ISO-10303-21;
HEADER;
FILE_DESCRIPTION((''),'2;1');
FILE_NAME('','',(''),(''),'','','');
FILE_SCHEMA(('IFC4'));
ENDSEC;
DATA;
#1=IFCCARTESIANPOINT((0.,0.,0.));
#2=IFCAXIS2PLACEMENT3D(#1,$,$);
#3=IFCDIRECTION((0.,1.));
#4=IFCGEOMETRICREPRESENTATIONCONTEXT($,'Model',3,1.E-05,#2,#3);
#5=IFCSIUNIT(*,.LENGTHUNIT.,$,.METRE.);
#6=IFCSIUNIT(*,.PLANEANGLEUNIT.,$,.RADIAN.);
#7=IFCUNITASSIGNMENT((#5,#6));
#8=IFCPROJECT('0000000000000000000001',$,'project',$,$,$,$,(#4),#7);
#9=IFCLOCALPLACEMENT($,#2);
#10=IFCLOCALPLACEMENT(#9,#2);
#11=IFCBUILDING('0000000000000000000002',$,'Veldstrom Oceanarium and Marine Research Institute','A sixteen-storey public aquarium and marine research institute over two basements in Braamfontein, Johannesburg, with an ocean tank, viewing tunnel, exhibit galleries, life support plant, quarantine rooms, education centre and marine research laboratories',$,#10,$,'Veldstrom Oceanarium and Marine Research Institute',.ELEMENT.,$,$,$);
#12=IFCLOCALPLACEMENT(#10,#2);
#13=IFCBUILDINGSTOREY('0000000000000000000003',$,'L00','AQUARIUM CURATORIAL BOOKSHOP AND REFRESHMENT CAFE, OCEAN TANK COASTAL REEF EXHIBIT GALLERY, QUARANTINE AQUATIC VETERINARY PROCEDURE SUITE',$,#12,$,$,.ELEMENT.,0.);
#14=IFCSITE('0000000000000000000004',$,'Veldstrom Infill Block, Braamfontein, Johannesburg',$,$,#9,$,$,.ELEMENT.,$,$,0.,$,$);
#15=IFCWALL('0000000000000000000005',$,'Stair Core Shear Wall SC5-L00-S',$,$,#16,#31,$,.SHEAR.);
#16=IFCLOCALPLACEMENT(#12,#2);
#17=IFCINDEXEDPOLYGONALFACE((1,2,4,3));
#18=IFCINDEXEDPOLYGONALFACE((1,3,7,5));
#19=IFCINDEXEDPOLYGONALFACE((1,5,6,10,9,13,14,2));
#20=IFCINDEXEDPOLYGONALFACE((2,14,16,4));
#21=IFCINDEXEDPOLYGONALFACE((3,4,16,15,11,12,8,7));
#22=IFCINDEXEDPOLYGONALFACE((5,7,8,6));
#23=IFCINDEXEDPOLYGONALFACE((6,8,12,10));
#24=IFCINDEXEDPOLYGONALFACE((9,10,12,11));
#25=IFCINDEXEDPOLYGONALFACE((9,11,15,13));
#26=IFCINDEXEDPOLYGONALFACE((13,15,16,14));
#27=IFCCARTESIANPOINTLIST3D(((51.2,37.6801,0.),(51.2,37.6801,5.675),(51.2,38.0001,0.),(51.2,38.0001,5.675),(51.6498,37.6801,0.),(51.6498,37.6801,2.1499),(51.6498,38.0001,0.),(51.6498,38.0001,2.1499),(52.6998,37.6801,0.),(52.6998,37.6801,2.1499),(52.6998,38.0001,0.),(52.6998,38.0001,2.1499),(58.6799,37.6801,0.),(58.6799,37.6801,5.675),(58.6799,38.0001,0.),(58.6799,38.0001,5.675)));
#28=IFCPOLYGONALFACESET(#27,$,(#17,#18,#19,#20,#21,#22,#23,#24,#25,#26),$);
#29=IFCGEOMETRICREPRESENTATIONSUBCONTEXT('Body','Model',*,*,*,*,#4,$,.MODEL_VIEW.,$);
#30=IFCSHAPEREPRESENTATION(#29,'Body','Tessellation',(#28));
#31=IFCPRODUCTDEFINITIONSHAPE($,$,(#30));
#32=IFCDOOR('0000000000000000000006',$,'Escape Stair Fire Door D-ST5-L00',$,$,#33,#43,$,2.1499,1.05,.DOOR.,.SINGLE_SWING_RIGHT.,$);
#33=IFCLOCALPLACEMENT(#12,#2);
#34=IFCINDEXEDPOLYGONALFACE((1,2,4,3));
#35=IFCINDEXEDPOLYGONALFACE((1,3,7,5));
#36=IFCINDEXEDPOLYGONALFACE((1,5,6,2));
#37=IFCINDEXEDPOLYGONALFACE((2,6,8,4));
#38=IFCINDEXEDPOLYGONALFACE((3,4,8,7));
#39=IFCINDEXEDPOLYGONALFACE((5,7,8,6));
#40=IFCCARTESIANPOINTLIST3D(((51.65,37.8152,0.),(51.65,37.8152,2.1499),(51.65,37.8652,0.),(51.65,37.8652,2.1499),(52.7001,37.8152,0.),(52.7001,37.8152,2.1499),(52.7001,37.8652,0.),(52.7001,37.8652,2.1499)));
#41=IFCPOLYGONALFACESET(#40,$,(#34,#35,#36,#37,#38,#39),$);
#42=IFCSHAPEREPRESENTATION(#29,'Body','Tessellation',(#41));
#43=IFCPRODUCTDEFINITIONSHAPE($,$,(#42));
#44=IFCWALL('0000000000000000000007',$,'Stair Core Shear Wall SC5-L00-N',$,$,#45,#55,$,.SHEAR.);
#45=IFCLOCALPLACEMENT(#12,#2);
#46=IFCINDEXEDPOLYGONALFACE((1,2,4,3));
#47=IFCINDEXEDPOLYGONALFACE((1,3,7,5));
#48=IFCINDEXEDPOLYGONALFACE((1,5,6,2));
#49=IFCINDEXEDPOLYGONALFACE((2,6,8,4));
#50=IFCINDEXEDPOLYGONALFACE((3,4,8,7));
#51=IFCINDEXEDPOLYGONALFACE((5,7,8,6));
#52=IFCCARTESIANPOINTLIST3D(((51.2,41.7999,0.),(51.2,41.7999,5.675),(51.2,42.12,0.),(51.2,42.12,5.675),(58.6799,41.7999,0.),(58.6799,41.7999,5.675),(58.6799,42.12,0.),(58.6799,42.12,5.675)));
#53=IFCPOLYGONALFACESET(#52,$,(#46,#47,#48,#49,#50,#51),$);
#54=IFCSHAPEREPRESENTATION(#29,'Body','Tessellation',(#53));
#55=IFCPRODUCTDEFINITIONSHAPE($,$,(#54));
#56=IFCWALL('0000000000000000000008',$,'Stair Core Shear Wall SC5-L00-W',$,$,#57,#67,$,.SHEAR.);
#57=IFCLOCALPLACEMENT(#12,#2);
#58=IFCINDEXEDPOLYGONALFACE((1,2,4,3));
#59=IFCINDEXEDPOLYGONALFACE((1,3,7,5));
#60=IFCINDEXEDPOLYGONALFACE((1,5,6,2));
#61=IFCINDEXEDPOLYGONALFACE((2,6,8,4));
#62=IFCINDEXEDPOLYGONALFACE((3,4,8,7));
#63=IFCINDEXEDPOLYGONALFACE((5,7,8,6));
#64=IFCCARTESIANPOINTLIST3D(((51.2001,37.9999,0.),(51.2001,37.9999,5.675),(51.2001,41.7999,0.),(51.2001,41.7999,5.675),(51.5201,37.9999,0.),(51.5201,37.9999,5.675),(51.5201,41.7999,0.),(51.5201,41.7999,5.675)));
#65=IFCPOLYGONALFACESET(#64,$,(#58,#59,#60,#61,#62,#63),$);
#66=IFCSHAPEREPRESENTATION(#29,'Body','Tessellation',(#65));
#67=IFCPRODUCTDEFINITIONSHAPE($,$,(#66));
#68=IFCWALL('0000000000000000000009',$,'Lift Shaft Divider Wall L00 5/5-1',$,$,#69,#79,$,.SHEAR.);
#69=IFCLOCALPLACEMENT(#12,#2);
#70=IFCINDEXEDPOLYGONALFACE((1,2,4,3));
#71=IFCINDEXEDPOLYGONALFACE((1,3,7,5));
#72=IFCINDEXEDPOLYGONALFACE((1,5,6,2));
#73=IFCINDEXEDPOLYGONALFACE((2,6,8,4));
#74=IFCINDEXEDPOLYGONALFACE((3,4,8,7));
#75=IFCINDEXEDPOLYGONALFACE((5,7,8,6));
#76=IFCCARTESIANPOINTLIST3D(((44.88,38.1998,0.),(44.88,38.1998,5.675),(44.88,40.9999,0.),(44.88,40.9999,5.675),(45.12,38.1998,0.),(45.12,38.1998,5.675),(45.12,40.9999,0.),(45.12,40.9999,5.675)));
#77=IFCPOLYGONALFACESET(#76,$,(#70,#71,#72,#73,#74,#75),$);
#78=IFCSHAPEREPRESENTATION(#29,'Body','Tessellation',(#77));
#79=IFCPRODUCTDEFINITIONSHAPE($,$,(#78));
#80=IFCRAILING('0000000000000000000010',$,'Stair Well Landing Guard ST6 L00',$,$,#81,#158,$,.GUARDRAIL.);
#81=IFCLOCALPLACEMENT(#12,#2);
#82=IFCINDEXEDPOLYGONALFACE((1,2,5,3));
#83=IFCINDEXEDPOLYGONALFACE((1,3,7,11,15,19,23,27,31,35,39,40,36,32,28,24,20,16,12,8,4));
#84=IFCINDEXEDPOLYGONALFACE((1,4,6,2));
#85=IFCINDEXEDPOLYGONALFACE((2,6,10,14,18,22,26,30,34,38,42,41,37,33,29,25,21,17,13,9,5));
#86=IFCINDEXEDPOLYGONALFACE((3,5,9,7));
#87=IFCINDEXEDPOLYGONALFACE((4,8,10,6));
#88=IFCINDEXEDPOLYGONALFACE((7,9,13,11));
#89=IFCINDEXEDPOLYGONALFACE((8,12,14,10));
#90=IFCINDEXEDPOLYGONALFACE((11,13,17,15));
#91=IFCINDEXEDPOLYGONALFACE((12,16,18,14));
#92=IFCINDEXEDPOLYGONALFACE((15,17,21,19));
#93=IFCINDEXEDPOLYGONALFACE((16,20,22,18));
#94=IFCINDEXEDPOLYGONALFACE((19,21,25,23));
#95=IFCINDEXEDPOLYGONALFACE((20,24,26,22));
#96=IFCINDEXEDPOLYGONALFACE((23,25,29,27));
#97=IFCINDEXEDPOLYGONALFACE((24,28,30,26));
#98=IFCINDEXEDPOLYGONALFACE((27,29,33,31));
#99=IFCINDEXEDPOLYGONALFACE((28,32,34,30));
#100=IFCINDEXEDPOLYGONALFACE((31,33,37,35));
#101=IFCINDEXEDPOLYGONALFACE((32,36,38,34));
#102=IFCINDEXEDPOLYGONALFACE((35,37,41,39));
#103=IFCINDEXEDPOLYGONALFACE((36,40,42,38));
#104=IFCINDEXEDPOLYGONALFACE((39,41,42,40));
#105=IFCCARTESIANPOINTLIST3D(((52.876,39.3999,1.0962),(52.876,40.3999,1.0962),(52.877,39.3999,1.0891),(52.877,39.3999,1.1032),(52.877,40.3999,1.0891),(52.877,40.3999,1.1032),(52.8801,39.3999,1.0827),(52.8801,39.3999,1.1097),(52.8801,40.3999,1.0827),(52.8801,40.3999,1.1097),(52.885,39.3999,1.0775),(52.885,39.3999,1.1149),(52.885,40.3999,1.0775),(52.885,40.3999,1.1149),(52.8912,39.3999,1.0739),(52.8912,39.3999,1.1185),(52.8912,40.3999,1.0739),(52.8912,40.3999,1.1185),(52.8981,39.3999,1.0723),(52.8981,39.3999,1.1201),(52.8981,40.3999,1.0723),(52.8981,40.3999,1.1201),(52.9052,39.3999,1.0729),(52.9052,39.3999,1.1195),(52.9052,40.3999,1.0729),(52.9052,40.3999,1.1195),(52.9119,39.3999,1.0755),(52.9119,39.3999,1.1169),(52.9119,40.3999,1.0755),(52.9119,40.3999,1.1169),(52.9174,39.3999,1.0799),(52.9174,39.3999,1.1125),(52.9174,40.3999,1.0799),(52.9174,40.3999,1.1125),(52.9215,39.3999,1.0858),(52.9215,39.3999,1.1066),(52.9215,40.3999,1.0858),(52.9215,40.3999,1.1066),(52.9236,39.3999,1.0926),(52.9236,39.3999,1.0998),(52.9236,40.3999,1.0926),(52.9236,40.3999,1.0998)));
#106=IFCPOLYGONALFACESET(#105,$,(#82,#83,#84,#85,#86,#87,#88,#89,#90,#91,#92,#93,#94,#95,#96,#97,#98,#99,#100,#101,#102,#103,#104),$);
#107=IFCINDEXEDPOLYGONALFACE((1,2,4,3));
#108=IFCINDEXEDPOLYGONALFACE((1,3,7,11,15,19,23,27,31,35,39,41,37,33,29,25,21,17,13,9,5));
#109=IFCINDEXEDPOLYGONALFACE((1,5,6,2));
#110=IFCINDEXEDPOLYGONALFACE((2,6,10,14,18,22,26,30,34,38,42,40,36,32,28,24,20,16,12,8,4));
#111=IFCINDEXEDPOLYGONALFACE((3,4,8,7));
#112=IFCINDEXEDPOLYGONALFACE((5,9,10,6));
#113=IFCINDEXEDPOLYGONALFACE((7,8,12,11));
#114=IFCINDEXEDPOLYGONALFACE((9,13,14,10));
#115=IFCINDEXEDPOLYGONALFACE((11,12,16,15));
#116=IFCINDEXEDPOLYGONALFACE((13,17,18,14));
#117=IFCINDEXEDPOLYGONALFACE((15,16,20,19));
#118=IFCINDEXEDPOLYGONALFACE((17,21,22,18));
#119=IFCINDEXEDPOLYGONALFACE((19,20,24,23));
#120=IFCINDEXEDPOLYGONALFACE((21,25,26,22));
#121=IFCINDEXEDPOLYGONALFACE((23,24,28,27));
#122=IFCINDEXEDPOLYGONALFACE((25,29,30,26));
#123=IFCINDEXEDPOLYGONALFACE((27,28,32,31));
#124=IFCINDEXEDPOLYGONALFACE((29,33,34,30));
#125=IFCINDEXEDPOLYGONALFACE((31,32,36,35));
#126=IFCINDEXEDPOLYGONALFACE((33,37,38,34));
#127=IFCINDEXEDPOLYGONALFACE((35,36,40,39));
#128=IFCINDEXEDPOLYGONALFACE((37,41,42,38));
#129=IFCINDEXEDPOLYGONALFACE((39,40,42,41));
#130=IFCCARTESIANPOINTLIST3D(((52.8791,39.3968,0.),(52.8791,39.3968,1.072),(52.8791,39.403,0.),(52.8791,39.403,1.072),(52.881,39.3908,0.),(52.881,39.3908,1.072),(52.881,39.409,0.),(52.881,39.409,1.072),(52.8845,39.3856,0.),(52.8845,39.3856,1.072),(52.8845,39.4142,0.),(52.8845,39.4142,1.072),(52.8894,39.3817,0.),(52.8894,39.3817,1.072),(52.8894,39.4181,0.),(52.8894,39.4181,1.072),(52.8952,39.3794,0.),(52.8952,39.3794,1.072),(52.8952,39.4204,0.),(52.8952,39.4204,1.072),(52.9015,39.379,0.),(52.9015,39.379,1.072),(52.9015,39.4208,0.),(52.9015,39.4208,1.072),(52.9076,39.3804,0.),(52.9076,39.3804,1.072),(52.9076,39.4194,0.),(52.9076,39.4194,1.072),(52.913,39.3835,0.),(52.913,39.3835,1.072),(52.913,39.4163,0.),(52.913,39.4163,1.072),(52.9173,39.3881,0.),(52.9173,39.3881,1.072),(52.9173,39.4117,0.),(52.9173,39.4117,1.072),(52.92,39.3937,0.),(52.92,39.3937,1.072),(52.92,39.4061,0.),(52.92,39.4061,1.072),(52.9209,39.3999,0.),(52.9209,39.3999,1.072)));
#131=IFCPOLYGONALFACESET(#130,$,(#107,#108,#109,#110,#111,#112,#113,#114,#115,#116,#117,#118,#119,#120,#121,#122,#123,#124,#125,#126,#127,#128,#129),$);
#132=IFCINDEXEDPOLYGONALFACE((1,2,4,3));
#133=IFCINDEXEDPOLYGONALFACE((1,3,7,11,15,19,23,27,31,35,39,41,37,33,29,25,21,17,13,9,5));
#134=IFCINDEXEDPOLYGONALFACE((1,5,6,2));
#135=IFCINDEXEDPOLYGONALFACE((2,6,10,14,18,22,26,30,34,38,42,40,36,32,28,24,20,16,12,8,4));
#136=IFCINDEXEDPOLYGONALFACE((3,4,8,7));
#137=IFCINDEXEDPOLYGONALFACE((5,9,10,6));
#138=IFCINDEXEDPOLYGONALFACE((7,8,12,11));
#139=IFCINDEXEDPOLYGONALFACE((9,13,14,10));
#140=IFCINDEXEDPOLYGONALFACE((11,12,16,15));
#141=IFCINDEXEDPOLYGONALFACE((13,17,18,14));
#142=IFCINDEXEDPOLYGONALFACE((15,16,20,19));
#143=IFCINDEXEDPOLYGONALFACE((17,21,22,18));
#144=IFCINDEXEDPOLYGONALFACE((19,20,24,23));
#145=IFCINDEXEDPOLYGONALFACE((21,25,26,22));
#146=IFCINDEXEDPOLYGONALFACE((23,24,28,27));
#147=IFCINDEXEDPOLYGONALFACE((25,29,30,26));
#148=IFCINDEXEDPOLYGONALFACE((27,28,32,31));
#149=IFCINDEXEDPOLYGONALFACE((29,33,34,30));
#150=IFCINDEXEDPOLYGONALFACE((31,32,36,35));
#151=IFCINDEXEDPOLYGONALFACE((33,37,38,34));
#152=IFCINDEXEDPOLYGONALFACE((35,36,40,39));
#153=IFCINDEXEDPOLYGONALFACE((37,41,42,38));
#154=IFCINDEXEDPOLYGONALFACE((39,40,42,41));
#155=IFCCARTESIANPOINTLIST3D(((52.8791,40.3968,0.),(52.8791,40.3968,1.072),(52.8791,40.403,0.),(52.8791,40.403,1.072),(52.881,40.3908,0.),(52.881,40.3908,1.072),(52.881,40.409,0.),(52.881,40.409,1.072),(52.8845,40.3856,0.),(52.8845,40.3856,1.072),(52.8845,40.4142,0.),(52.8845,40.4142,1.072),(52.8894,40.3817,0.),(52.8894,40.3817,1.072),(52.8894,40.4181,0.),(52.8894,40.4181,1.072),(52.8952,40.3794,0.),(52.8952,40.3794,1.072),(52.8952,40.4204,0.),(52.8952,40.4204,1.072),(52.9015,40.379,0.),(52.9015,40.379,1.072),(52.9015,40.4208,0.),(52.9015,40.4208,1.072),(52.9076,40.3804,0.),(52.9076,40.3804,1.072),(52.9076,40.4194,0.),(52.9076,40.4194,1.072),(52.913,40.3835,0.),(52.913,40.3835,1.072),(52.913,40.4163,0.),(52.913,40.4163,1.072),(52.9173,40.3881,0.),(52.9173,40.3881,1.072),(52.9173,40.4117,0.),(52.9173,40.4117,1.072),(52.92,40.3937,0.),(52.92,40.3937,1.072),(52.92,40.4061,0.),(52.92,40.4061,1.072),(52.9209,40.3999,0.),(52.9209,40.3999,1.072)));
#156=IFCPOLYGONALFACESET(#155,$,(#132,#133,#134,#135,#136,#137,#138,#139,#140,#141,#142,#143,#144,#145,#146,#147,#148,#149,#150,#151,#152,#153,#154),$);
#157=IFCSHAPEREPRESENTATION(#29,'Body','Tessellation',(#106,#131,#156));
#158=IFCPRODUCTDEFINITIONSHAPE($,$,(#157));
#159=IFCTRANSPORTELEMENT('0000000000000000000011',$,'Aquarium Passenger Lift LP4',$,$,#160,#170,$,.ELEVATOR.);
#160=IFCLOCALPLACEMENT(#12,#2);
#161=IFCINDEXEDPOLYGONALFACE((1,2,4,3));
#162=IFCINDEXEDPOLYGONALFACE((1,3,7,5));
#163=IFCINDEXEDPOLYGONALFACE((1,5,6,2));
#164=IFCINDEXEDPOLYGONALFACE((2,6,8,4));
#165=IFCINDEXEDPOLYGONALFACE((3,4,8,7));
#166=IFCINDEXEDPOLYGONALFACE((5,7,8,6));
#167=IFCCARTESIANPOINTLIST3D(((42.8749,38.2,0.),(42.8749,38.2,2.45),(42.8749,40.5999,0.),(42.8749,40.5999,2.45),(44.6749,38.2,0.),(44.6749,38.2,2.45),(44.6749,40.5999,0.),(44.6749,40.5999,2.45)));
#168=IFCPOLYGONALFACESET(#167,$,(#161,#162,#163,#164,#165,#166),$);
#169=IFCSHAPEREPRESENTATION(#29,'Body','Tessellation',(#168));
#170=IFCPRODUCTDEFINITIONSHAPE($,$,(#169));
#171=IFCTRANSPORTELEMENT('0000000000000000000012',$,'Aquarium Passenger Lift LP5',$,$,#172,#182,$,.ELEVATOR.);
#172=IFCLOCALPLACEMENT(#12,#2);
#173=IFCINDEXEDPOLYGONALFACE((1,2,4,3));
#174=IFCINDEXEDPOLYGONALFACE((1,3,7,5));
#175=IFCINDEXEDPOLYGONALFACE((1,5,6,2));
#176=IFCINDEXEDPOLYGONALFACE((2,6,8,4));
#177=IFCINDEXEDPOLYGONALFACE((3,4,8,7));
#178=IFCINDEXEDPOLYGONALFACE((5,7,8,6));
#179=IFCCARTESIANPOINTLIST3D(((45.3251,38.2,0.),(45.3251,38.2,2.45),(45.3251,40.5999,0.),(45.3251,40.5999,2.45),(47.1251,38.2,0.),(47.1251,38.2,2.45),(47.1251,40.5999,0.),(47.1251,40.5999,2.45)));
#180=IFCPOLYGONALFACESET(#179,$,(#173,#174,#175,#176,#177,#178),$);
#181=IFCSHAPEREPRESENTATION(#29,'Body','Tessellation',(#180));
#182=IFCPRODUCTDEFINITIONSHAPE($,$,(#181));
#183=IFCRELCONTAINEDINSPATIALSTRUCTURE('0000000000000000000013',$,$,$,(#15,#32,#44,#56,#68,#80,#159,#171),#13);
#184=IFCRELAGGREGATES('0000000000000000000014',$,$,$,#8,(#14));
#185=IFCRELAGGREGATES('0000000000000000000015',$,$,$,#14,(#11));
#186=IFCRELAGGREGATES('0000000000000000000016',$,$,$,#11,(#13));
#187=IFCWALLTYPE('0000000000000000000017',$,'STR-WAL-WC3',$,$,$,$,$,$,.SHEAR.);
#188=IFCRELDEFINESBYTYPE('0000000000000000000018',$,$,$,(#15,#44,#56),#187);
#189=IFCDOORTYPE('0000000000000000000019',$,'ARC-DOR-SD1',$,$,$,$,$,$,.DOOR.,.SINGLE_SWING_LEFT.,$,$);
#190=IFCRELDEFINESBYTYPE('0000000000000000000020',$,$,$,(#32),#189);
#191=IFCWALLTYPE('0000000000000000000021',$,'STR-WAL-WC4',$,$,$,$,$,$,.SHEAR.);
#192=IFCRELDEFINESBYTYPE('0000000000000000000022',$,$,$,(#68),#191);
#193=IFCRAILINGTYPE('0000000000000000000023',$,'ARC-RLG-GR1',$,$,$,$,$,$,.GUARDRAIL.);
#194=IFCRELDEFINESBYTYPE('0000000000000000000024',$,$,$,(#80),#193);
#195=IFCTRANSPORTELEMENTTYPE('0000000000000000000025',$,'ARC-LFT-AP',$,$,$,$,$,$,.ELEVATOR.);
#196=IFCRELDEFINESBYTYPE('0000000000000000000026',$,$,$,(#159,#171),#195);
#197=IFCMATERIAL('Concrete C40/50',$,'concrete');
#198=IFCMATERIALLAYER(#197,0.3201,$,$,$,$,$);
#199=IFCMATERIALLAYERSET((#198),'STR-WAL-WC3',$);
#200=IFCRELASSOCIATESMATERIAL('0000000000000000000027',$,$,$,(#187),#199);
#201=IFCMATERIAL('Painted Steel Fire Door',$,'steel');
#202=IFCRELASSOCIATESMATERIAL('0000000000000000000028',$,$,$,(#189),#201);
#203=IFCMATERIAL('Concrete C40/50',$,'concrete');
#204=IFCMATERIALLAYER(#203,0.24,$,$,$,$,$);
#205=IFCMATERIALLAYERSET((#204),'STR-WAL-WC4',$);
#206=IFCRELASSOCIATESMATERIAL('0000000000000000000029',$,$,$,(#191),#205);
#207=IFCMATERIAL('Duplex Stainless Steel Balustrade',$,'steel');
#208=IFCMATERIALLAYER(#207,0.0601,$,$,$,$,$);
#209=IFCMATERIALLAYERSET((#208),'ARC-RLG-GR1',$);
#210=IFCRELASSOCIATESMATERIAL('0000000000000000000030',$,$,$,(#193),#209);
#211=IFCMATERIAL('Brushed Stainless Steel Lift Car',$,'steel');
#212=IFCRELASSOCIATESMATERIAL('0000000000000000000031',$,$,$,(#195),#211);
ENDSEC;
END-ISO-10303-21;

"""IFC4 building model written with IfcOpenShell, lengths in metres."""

from ifc_helpers import new_model, si_unit, direction, frame, frame_2d, origin, origin_2d, place, context, subcontext, project, spatial, rectangle, circle, extrude, material, layer, layer_set, type_object, element, fill, save


model = new_model("IFC4")

# Units and contexts
model_context = context("Model", 3, precision=1e-05, world=origin(), true_north=direction((0.0, 1.0)))
body_context = subcontext(model_context, "Body", "Model", "MODEL_VIEW")
ifc_project = project(units=[si_unit("LENGTHUNIT", "METRE"), si_unit("PLANEANGLEUNIT", "RADIAN")], contexts=[model_context])

# Site, building, storey
site_placement = place(None, origin())
site = spatial("IfcSite", under=ifc_project, at=site_placement, Name="Veldstrom Infill Block, Braamfontein, Johannesburg", CompositionType="ELEMENT", RefElevation=0.0)
building_placement = place(site_placement, origin())
building = spatial("IfcBuilding", under=site, at=building_placement, Name="Veldstrom Oceanarium and Marine Research Institute", Description="A sixteen-storey public aquarium and marine research institute over two basements in Braamfontein, Johannesburg, with an ocean tank, viewing tunnel, exhibit galleries, life support plant, quarantine rooms, education centre and marine research laboratories", LongName="Veldstrom Oceanarium and Marine Research Institute", CompositionType="ELEMENT")
storey_placement = place(building_placement, origin())
storey = spatial("IfcBuildingStorey", under=building, at=storey_placement, Name="L00", Description="AQUARIUM CURATORIAL BOOKSHOP AND REFRESHMENT CAFE, OCEAN TANK COASTAL REEF EXHIBIT GALLERY, QUARANTINE AQUATIC VETERINARY PROCEDURE SUITE", CompositionType="ELEMENT", Elevation=0.0)

# Wall, opening, door
ifc_material_1 = material(Name="Concrete C40/50", Category="concrete")
ifc_layer_1 = layer(ifc_material_1, 0.3201)
ifc_layer_set_1 = layer_set([ifc_layer_1], Name="STR-WAL-WC3")
wall_type_1 = type_object("IfcWallType", Name="STR-WAL-WC3", PredefinedType="SHEAR", material=ifc_layer_set_1)
wall_1_placement = place(storey_placement, frame((51.2, 37.8401, 0.0), z_axis=(0.0, 0.0, 1.0), x_axis=(1.0, 0.0, 0.0)))
wall_1 = element("IfcWall", 1, at=wall_1_placement, inside=storey, type_object=wall_type_1, Name="Stair Core Shear Wall SC5-L00-S", PredefinedType="SHEAR", context=body_context, shape_type="SweptSolid", body=[
    extrude(rectangle(XDim=7.48, YDim=0.3201, at=frame_2d((3.74, 0.0))), origin(), (0.0, 0.0, 1.0), 5.675),
])
opening_1_placement = place(wall_1_placement, frame((0.45, 0.0, 0.0)))
opening_1 = element("IfcOpeningElement", 2, at=opening_1_placement, cuts=wall_1, PredefinedType="OPENING", context=body_context, shape_type="SweptSolid", body=[
    extrude(rectangle(XDim=1.05, YDim=2.1499, at=frame_2d((0.5249, 1.075))), frame((0.0, 0.1699, 0.0), z_axis=(0.0, -1.0, 0.0), x_axis=(1.0, 0.0, 0.0)), (0.0, 0.0, 1.0), 0.3401),
])
ifc_material_2 = material(Name="Painted Steel Fire Door", Category="steel")
door_type_1 = type_object("IfcDoorType", Name="ARC-DOR-SD1", OperationType="SINGLE_SWING_LEFT", PredefinedType="DOOR", material=ifc_material_2)
door_1_placement = place(opening_1_placement, frame((1.05, 0.0, 0.0), z_axis=(0.0, 0.0, 1.0), x_axis=(-1.0, 0.0, 0.0)))
door_1 = element("IfcDoor", 3, at=door_1_placement, inside=storey, type_object=door_type_1, Name="Escape Stair Fire Door D-ST5-L00", OperationType="SINGLE_SWING_RIGHT", OverallHeight=2.1499, OverallWidth=1.05, PredefinedType="DOOR", context=body_context, shape_type="SweptSolid", body=[
    extrude(rectangle(XDim=1.05, YDim=2.1499, at=frame_2d((0.5249, 1.075))), frame((0.0, 0.0249, 0.0), z_axis=(0.0, -1.0, 0.0), x_axis=(1.0, 0.0, 0.0)), (0.0, 0.0, 1.0), 0.05),
])
fill(opening_1, door_1)

# Walls
wall_2_placement = place(storey_placement, frame((51.2, 41.96, 0.0), z_axis=(0.0, 0.0, 1.0), x_axis=(1.0, 0.0, 0.0)))
element("IfcWall", 4, at=wall_2_placement, inside=storey, type_object=wall_type_1, Name="Stair Core Shear Wall SC5-L00-N", PredefinedType="SHEAR", context=body_context, shape_type="SweptSolid", body=[
    extrude(rectangle(XDim=7.48, YDim=0.3201, at=frame_2d((3.74, 0.0))), origin(), (0.0, 0.0, 1.0), 5.675),
])
wall_3_placement = place(storey_placement, frame((51.3601, 38.0, 0.0), z_axis=(0.0, 0.0, 1.0), x_axis=(0.0, 1.0, 0.0)))
element("IfcWall", 5, at=wall_3_placement, inside=storey, type_object=wall_type_1, Name="Stair Core Shear Wall SC5-L00-W", PredefinedType="SHEAR", context=body_context, shape_type="SweptSolid", body=[
    extrude(rectangle(XDim=3.8, YDim=0.3201, at=frame_2d((1.8999, 0.0))), origin(), (0.0, 0.0, 1.0), 5.675),
])
ifc_material_3 = material(Name="Concrete C40/50", Category="concrete")
ifc_layer_2 = layer(ifc_material_3, 0.24)
ifc_layer_set_2 = layer_set([ifc_layer_2], Name="STR-WAL-WC4")
wall_type_2 = type_object("IfcWallType", Name="STR-WAL-WC4", PredefinedType="SHEAR", material=ifc_layer_set_2)
wall_4_placement = place(storey_placement, frame((45.0, 38.2, 0.0), z_axis=(0.0, 0.0, 1.0), x_axis=(0.0, 1.0, 0.0)))
element("IfcWall", 6, at=wall_4_placement, inside=storey, type_object=wall_type_2, Name="Lift Shaft Divider Wall L00 5/5-1", PredefinedType="SHEAR", context=body_context, shape_type="SweptSolid", body=[
    extrude(rectangle(XDim=2.8, YDim=0.24, at=frame_2d((1.3999, 0.0))), origin(), (0.0, 0.0, 1.0), 5.675),
])

# Railing
ifc_material_4 = material(Name="Duplex Stainless Steel Balustrade", Category="steel")
ifc_layer_3 = layer(ifc_material_4, 0.0601)
ifc_layer_set_3 = layer_set([ifc_layer_3], Name="ARC-RLG-GR1")
railing_type = type_object("IfcRailingType", Name="ARC-RLG-GR1", PredefinedType="GUARDRAIL", material=ifc_layer_set_3)
railing_placement = place(storey_placement, frame((52.8999, 39.3999, 0.0)))
element("IfcRailing", 7, at=railing_placement, inside=storey, type_object=railing_type, Name="Stair Well Landing Guard ST6 L00", PredefinedType="GUARDRAIL", context=body_context, shape_type="SweptSolid", body=[
    extrude(circle(Radius=0.0239, at=origin_2d()), frame((0.0, 0.0, 1.0962), z_axis=(0.0, 1.0, 0.0), x_axis=(-1.0, 0.0, 0.0)), (0.0, 0.0, 1.0), 1.0),
    extrude(circle(Radius=0.021, at=origin_2d()), origin(), (0.0, 0.0, 1.0), 1.072),
    extrude(circle(Radius=0.021, at=origin_2d()), frame((0.0, 1.0, 0.0)), (0.0, 0.0, 1.0), 1.072),
])

# Transport elements
ifc_material_5 = material(Name="Brushed Stainless Steel Lift Car", Category="steel")
transport_element_type = type_object("IfcTransportElementType", Name="ARC-LFT-AP", PredefinedType="ELEVATOR", material=ifc_material_5)
for number, where, z_axis, x_axis, name in (
    (8, (43.7749, 39.3999, 0.0), (0.0, 0.0, 1.0), (1.0, 0.0, 0.0), "Aquarium Passenger Lift LP4"),
    (9, (46.2251, 39.3999, 0.0), (0.0, 0.0, 1.0), (1.0, 0.0, 0.0), "Aquarium Passenger Lift LP5"),
):
    element("IfcTransportElement", number, at=place(storey_placement, frame(where, z_axis=z_axis, x_axis=x_axis)), inside=storey, type_object=transport_element_type, Name=name, PredefinedType="ELEVATOR", context=body_context, shape_type="SweptSolid", body=[
        extrude(rectangle(XDim=1.8, YDim=2.3999, at=origin_2d()), origin(), (0.0, 0.0, 1.0), 2.45),
    ])

save(model, "model.ifc")
